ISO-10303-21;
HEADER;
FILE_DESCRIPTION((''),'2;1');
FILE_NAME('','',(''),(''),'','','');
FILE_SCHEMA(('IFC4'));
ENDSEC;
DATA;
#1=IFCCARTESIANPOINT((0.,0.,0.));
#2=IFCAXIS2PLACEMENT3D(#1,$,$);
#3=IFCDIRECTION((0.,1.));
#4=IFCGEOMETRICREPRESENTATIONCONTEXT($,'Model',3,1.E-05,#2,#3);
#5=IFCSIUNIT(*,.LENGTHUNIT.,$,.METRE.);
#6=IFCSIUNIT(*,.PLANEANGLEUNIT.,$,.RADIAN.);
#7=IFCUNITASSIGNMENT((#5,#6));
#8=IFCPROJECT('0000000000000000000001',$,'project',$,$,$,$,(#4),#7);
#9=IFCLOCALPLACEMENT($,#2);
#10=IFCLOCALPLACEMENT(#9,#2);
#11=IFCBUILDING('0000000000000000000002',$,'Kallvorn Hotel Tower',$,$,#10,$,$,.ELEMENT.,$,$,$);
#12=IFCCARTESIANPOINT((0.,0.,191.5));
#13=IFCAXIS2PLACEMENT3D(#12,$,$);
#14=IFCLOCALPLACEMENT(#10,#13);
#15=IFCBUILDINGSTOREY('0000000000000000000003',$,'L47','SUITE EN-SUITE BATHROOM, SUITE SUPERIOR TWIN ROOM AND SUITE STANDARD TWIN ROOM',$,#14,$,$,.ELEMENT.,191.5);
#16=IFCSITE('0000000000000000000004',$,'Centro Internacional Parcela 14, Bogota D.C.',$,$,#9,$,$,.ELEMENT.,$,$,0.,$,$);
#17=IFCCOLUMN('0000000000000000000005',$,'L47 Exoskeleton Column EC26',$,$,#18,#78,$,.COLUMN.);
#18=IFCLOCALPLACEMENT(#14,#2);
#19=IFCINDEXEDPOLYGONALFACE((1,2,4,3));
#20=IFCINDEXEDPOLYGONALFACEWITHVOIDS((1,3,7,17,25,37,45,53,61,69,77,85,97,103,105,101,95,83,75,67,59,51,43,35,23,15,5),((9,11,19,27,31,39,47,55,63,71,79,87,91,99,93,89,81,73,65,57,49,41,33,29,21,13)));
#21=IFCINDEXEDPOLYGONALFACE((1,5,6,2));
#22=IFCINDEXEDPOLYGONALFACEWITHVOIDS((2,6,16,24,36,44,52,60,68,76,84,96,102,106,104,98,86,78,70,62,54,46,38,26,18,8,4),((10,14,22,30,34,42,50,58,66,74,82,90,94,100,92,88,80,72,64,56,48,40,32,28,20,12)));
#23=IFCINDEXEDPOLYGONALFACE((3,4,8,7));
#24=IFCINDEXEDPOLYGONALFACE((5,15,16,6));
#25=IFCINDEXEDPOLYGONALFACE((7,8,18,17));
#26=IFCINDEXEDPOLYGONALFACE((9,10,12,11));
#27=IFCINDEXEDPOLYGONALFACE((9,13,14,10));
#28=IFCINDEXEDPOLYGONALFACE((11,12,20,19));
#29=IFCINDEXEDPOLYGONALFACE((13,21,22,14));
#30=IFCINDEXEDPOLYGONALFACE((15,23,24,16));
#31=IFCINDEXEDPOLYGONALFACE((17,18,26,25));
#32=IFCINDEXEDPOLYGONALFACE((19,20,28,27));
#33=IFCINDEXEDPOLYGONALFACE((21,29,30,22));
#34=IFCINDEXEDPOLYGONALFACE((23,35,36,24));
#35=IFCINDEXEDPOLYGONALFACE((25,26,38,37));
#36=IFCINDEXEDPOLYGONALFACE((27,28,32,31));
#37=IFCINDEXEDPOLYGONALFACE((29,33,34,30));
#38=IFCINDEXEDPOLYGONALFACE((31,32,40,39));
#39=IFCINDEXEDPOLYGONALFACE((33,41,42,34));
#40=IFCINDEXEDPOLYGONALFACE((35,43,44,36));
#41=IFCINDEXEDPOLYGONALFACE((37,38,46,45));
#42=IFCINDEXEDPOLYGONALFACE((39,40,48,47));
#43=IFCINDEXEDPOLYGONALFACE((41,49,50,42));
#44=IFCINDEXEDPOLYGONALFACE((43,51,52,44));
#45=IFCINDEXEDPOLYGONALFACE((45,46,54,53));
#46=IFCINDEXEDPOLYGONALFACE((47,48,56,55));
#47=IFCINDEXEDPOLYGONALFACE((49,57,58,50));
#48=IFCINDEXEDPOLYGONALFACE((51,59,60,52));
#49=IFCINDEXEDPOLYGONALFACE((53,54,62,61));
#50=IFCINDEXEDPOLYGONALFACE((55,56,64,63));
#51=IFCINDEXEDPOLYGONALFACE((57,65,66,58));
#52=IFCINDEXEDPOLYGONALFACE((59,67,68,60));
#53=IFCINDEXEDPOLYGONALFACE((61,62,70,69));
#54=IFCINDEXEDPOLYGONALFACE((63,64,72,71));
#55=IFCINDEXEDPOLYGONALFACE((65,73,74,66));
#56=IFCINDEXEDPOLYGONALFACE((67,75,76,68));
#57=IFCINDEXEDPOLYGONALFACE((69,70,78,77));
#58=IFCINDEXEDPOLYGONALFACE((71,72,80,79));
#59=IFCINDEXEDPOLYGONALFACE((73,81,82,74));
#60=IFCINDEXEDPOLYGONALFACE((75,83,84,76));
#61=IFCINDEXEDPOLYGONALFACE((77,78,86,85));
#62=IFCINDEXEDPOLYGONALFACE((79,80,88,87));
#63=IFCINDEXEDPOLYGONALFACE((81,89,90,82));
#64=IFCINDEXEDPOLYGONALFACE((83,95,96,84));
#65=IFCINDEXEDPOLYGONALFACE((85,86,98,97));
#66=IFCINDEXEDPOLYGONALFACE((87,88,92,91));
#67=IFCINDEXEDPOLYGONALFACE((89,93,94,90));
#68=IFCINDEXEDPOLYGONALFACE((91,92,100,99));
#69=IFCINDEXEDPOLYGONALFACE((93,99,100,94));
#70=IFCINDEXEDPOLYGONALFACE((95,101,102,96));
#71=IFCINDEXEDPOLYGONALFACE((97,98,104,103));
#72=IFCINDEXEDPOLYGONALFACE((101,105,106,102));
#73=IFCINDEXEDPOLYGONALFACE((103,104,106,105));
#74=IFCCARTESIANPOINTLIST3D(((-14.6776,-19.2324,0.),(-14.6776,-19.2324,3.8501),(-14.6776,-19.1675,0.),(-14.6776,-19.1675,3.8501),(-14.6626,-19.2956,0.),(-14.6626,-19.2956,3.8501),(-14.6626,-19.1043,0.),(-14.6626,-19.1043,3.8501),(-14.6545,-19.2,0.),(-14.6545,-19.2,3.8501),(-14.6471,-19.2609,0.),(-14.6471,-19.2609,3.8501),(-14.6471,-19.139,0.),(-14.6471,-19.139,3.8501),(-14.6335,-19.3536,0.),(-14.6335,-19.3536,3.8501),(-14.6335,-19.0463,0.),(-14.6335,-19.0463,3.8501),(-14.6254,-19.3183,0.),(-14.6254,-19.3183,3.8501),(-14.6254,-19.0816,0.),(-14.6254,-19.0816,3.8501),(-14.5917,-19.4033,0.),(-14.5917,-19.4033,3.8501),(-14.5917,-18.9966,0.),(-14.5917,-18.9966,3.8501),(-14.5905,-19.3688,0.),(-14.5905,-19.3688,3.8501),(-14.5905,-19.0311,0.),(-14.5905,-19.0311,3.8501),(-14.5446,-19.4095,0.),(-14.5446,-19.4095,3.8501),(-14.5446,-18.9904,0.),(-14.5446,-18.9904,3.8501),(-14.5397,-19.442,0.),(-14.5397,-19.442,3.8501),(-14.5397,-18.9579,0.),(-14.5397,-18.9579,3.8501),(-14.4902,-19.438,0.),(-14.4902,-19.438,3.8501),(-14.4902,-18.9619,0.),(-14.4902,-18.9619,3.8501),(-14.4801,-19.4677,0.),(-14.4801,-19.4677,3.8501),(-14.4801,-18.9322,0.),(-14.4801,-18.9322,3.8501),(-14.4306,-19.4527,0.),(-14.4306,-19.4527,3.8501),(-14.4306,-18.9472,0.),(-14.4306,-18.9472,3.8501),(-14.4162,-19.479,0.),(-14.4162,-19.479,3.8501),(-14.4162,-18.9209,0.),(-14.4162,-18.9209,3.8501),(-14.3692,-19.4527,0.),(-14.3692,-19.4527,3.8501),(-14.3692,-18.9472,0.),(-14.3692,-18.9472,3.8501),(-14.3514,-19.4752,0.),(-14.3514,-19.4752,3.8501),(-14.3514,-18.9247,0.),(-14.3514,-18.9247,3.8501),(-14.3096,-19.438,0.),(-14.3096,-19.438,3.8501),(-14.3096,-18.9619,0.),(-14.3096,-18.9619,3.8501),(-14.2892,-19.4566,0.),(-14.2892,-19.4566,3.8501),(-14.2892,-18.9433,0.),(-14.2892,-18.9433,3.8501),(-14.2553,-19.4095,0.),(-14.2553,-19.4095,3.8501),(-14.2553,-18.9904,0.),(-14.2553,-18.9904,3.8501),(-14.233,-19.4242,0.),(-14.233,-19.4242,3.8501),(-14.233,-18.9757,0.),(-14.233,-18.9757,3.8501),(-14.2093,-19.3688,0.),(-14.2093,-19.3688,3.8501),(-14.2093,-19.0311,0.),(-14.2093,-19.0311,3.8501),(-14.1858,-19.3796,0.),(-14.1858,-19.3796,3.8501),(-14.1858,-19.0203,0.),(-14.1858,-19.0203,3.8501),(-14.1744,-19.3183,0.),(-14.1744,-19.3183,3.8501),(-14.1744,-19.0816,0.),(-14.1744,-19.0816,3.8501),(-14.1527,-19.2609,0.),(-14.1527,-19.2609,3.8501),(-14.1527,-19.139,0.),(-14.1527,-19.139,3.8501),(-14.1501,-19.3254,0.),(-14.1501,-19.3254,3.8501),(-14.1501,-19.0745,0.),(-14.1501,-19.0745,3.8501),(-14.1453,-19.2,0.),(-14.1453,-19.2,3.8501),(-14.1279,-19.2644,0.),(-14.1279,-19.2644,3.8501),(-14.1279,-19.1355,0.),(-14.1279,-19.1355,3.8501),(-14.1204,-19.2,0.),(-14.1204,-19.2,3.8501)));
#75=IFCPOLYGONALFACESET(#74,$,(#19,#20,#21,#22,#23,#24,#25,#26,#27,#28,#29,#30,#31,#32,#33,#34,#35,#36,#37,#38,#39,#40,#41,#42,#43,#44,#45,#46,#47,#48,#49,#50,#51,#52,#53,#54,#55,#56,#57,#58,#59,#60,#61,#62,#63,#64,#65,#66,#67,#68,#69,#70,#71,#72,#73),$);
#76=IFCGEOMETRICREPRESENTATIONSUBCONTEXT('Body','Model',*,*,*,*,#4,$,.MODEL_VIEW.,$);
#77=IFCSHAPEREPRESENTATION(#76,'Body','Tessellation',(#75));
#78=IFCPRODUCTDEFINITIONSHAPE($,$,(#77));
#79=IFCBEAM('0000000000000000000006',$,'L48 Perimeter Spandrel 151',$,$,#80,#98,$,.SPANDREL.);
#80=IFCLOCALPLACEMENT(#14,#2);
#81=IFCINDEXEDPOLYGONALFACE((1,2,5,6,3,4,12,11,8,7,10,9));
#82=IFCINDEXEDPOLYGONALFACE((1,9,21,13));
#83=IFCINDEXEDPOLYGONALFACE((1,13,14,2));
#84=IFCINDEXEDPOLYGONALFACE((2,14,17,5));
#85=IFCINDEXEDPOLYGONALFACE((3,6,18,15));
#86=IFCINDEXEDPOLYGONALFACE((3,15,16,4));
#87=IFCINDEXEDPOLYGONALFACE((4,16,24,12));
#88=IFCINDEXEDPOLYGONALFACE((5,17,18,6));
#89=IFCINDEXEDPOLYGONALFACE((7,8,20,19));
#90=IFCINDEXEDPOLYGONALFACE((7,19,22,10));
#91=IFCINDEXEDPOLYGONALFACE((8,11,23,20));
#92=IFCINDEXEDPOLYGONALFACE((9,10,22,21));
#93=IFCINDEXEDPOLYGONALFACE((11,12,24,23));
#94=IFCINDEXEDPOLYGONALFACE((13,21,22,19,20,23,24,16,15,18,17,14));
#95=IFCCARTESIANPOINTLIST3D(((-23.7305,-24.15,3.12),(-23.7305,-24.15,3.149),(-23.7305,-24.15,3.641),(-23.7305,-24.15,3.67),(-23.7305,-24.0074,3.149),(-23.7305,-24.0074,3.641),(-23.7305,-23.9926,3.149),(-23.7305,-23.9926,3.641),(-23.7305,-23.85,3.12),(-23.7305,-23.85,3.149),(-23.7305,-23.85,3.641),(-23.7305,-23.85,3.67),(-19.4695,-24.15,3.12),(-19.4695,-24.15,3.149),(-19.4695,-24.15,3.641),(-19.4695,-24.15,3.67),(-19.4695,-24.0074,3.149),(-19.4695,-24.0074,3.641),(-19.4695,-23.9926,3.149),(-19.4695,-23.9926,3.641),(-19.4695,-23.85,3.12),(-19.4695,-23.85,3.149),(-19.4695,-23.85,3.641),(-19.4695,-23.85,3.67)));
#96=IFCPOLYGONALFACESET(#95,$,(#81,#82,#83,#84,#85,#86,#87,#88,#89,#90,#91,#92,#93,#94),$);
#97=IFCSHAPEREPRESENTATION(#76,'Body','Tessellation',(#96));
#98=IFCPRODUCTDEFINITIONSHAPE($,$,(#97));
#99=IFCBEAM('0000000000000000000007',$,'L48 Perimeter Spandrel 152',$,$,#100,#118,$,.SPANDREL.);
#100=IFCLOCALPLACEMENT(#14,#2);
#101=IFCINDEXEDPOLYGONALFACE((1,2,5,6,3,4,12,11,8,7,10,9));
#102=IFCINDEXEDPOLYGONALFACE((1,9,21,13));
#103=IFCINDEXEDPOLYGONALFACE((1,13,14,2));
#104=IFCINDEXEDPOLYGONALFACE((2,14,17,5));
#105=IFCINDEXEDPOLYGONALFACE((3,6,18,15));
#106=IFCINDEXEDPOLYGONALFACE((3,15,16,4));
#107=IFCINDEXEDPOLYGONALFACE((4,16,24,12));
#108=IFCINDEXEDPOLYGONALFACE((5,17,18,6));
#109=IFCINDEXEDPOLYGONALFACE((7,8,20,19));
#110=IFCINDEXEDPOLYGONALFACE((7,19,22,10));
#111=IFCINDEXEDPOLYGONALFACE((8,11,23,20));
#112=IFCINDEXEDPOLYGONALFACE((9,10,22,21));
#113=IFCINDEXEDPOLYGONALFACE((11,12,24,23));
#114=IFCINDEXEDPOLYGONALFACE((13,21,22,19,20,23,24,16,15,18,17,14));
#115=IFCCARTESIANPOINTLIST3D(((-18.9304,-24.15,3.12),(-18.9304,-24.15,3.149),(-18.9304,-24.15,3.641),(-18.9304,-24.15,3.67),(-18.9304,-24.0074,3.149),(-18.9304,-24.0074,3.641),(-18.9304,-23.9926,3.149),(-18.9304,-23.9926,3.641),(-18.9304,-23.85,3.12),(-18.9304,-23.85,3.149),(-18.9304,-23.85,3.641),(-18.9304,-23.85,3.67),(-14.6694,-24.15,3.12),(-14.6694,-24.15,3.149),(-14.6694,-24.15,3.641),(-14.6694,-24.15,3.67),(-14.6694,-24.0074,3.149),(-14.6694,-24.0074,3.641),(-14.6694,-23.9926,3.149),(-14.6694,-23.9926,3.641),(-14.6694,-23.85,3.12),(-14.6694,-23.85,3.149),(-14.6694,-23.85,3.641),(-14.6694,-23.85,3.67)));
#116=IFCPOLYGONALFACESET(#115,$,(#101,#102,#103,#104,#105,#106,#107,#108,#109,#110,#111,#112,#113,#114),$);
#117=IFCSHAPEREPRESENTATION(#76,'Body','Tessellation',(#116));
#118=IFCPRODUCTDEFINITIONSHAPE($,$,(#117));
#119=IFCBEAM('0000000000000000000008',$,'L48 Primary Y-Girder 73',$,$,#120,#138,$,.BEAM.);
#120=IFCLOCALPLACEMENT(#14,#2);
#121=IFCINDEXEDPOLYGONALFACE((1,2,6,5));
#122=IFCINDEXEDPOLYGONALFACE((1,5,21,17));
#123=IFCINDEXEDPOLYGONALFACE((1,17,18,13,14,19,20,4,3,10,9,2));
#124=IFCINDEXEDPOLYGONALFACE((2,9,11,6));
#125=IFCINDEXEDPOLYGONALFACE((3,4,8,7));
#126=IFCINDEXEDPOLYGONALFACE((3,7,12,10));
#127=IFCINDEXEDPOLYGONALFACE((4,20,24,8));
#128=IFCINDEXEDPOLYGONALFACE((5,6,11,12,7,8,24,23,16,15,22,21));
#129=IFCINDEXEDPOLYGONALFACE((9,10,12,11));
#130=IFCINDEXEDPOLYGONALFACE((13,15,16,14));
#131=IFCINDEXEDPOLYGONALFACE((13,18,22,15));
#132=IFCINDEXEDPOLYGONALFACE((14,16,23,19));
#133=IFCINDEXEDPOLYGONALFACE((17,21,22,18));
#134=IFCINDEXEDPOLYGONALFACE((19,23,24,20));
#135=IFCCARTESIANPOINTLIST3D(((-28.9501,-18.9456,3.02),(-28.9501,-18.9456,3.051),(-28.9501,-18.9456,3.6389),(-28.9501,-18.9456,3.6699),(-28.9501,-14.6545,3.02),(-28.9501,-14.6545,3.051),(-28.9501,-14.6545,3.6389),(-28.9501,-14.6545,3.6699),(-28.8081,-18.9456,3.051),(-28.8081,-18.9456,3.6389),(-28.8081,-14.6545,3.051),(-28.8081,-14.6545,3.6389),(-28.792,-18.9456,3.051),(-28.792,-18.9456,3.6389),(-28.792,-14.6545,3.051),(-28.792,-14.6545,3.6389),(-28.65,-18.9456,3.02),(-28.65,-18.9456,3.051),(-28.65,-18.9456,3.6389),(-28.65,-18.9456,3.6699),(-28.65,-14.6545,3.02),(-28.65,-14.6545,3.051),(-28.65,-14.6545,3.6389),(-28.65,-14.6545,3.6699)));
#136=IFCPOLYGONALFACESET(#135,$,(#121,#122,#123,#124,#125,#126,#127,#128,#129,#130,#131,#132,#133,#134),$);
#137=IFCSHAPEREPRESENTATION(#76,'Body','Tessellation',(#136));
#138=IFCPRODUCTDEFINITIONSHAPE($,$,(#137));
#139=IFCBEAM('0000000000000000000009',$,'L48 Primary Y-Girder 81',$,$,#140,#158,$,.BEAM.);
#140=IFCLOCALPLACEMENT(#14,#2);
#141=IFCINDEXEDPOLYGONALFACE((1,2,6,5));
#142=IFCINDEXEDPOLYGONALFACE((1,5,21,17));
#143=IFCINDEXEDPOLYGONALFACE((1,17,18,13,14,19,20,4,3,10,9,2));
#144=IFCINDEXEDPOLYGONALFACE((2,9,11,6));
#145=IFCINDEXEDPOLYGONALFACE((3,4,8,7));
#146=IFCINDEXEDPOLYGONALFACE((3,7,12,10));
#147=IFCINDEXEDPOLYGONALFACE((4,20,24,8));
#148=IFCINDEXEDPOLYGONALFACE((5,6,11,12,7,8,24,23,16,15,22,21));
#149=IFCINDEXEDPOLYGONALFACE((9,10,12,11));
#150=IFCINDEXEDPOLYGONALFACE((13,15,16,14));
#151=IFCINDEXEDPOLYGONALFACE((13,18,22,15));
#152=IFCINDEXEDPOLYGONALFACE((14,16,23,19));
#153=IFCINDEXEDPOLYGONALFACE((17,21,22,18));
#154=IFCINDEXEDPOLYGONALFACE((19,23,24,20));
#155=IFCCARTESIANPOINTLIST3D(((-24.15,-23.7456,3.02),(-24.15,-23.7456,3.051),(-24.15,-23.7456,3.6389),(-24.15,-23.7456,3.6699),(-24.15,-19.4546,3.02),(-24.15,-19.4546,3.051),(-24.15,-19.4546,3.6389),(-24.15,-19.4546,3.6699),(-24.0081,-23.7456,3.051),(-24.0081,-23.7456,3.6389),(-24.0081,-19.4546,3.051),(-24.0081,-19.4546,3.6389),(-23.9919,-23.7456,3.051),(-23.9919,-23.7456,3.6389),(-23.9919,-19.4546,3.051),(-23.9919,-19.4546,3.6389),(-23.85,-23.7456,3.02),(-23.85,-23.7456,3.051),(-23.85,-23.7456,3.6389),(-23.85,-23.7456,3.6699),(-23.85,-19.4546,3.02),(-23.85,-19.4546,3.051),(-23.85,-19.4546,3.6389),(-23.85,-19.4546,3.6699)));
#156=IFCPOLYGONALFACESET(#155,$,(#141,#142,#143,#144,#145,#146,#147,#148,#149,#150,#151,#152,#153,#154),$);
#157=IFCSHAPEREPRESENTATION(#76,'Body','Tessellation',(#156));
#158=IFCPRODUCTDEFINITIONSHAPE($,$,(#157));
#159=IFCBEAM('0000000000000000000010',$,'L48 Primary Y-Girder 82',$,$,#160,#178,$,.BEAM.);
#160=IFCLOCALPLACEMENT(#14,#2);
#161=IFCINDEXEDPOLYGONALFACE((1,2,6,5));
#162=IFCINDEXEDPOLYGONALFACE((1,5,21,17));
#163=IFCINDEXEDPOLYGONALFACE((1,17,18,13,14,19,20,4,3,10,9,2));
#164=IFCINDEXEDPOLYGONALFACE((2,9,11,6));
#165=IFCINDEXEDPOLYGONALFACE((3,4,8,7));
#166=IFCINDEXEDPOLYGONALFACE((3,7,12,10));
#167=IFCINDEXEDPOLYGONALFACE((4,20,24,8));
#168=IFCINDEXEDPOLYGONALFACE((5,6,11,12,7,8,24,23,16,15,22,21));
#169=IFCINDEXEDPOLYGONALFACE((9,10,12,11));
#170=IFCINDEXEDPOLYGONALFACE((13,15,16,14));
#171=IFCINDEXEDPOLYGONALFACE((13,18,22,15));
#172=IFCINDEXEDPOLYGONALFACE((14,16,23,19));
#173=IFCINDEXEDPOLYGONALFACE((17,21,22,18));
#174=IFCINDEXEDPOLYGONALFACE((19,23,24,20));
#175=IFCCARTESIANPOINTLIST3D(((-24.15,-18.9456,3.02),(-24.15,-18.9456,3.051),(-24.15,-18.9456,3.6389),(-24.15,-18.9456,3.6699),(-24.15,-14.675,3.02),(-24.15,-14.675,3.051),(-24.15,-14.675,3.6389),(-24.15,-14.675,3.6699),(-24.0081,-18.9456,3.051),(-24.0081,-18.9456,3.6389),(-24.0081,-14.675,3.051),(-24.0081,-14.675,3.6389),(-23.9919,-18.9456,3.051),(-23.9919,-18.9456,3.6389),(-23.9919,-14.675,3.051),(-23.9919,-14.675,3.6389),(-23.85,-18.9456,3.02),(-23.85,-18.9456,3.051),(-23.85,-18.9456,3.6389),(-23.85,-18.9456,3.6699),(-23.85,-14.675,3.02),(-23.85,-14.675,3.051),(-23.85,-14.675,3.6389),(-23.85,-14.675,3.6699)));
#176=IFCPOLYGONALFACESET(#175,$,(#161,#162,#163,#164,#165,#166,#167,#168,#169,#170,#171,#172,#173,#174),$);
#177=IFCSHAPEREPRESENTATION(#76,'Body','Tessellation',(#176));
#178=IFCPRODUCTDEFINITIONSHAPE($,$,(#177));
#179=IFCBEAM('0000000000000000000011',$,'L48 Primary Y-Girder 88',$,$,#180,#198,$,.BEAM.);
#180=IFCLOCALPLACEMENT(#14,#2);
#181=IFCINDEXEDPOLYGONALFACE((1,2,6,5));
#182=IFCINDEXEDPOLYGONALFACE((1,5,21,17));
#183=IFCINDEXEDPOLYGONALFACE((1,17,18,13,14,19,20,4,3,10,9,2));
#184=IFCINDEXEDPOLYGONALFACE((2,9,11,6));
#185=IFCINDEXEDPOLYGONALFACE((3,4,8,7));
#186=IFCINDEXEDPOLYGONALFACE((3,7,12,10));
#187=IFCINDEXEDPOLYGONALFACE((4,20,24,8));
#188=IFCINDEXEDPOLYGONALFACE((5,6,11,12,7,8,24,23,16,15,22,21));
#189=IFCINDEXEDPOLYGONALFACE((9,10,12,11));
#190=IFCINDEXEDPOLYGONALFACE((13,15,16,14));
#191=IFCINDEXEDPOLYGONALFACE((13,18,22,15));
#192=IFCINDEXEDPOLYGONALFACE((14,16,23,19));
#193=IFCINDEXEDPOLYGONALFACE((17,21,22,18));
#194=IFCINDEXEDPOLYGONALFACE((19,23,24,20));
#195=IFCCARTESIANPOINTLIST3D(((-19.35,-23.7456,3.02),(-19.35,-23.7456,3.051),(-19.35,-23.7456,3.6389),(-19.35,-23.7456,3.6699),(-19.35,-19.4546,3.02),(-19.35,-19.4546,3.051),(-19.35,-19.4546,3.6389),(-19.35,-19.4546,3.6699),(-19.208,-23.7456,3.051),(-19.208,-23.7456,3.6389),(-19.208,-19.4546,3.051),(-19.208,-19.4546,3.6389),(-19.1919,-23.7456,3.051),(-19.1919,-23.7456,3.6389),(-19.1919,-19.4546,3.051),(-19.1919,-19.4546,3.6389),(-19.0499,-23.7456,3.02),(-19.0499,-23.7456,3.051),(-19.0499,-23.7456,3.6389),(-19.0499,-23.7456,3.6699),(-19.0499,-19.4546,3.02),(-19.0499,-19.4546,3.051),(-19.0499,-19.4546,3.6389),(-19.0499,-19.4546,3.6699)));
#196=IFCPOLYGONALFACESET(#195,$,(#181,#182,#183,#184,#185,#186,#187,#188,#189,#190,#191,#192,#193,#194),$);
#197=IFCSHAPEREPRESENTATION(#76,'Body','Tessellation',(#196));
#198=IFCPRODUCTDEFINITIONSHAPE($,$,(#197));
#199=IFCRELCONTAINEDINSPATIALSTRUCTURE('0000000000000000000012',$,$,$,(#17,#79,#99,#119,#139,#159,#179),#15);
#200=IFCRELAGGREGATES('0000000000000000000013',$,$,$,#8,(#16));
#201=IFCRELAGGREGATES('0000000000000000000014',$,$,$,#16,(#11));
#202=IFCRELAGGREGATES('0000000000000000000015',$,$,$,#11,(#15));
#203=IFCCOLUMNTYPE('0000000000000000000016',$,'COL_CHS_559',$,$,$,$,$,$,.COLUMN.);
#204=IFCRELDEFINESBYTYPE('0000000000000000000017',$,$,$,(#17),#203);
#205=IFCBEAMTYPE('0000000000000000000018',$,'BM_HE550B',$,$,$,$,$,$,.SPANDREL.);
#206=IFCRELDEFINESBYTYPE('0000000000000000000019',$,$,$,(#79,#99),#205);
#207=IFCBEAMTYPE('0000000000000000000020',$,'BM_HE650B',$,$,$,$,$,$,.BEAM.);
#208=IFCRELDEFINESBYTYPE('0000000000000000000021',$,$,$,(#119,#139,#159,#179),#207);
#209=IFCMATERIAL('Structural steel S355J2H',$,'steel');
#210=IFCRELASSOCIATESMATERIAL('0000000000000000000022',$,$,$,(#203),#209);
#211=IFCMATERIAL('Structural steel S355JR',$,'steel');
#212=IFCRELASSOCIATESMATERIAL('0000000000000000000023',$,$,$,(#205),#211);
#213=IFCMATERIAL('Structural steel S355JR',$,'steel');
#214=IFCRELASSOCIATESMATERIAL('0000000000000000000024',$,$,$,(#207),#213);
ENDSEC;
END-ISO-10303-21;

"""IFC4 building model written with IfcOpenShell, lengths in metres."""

from ifc_helpers import new_model, si_unit, direction, frame, origin, origin_2d, place, context, subcontext, project, spatial, hollow_circle, i_section, extrude, material, material_profile, profile_set, type_object, element, save


model = new_model("IFC4")

# Units and contexts
model_context = context("Model", 3, precision=1e-05, world=origin(), true_north=direction((0.0, 1.0)))
body_context = subcontext(model_context, "Body", "Model", "MODEL_VIEW")
ifc_project = project(units=[si_unit("LENGTHUNIT", "METRE"), si_unit("PLANEANGLEUNIT", "RADIAN")], contexts=[model_context])

# Site, building, storey
site_placement = place(None, origin())
site = spatial("IfcSite", under=ifc_project, at=site_placement, Name="Centro Internacional Parcela 14, Bogota D.C.", CompositionType="ELEMENT", RefElevation=0.0)
building_placement = place(site_placement, origin())
building = spatial("IfcBuilding", under=site, at=building_placement, Name="Kallvorn Hotel Tower", CompositionType="ELEMENT")
storey_placement = place(building_placement, frame((0.0, 0.0, 191.5)))
storey = spatial("IfcBuildingStorey", under=building, at=storey_placement, Name="L47", Description="SUITE EN-SUITE BATHROOM, SUITE SUPERIOR TWIN ROOM AND SUITE STANDARD TWIN ROOM", CompositionType="ELEMENT", Elevation=191.5)

# Column
ifc_material_1 = material(Name="Structural steel S355J2H", Category="steel")
ifc_material_profile_1 = material_profile(ifc_material_1, hollow_circle(Radius=0.2795, WallThickness=0.0249, at=origin_2d()), Name="CHS 559x25")
ifc_profile_set_1 = profile_set([ifc_material_profile_1], Name="Structural steel S355J2H")
column_type = type_object("IfcColumnType", Name="COL_CHS_559", PredefinedType="COLUMN", material=ifc_profile_set_1)
for number, where, z_axis, x_axis, name in (
    (1, (-14.3999, -19.2, 0.0), (0.0, 0.0, 1.0), (1.0, 0.0, 0.0), "L47 Exoskeleton Column EC26"),
):
    element("IfcColumn", number, at=place(storey_placement, frame(where, z_axis=z_axis, x_axis=x_axis)), inside=storey, type_object=column_type, Name=name, PredefinedType="COLUMN", context=body_context, shape_type="SweptSolid", body=[
        extrude(hollow_circle(Radius=0.2795, WallThickness=0.0249, at=origin_2d()), origin(), (0.0, 0.0, 1.0), 3.8501),
    ])

# Beams
ifc_material_2 = material(Name="Structural steel S355JR", Category="steel")
ifc_material_profile_2 = material_profile(ifc_material_2, i_section(OverallWidth=0.3, OverallDepth=0.55, WebThickness=0.0149, FlangeThickness=0.0291, at=origin_2d()), Name="HE 550 B")
ifc_profile_set_2 = profile_set([ifc_material_profile_2], Name="Structural steel S355JR")
beam_type_1 = type_object("IfcBeamType", Name="BM_HE550B", PredefinedType="SPANDREL", material=ifc_profile_set_2)
for number, where, z_axis, x_axis, name in (
    (2, (-23.7305, -24.0, 3.395), (1.0, 0.0, 0.0), (0.0, 1.0, 0.0), "L48 Perimeter Spandrel 151"),
    (3, (-18.9304, -24.0, 3.395), (1.0, 0.0, 0.0), (0.0, 1.0, 0.0), "L48 Perimeter Spandrel 152"),
):
    element("IfcBeam", number, at=place(storey_placement, frame(where, z_axis=z_axis, x_axis=x_axis)), inside=storey, type_object=beam_type_1, Name=name, PredefinedType="SPANDREL", context=body_context, shape_type="SweptSolid", body=[
        extrude(i_section(OverallWidth=0.3, OverallDepth=0.55, WebThickness=0.0149, FlangeThickness=0.0291, at=origin_2d()), origin(), (0.0, 0.0, 1.0), 4.261),
    ])
ifc_material_3 = material(Name="Structural steel S355JR", Category="steel")
ifc_material_profile_3 = material_profile(ifc_material_3, i_section(OverallWidth=0.3, OverallDepth=0.6499, WebThickness=0.0161, FlangeThickness=0.031, at=origin_2d()), Name="HE 650 B")
ifc_profile_set_3 = profile_set([ifc_material_profile_3], Name="Structural steel S355JR")
beam_type_2 = type_object("IfcBeamType", Name="BM_HE650B", PredefinedType="BEAM", material=ifc_profile_set_3)
for number, where, z_axis, x_axis, name in (
    (4, (-28.8, -18.9456, 3.345), (0.0, 1.0, 0.0), (-1.0, 0.0, 0.0), "L48 Primary Y-Girder 73"),
    (5, (-24.0, -23.7456, 3.345), (0.0, 1.0, 0.0), (-1.0, 0.0, 0.0), "L48 Primary Y-Girder 81"),
):
    element("IfcBeam", number, at=place(storey_placement, frame(where, z_axis=z_axis, x_axis=x_axis)), inside=storey, type_object=beam_type_2, Name=name, PredefinedType="BEAM", context=body_context, shape_type="SweptSolid", body=[
        extrude(i_section(OverallWidth=0.3, OverallDepth=0.6499, WebThickness=0.0161, FlangeThickness=0.031, at=origin_2d()), origin(), (0.0, 0.0, 1.0), 4.291),
    ])
beam_1_placement = place(storey_placement, frame((-24.0, -18.9456, 3.345), z_axis=(0.0, 1.0, 0.0), x_axis=(-1.0, 0.0, 0.0)))
element("IfcBeam", 6, at=beam_1_placement, inside=storey, type_object=beam_type_2, Name="L48 Primary Y-Girder 82", PredefinedType="BEAM", context=body_context, shape_type="SweptSolid", body=[
    extrude(i_section(OverallWidth=0.3, OverallDepth=0.6499, WebThickness=0.0161, FlangeThickness=0.031, at=origin_2d()), origin(), (0.0, 0.0, 1.0), 4.2705),
])
for number, where, z_axis, x_axis, name in (
    (7, (-19.2, -23.7456, 3.345), (0.0, 1.0, 0.0), (-1.0, 0.0, 0.0), "L48 Primary Y-Girder 88"),
):
    element("IfcBeam", number, at=place(storey_placement, frame(where, z_axis=z_axis, x_axis=x_axis)), inside=storey, type_object=beam_type_2, Name=name, PredefinedType="BEAM", context=body_context, shape_type="SweptSolid", body=[
        extrude(i_section(OverallWidth=0.3, OverallDepth=0.6499, WebThickness=0.0161, FlangeThickness=0.031, at=origin_2d()), origin(), (0.0, 0.0, 1.0), 4.291),
    ])

save(model, "model.ifc")
